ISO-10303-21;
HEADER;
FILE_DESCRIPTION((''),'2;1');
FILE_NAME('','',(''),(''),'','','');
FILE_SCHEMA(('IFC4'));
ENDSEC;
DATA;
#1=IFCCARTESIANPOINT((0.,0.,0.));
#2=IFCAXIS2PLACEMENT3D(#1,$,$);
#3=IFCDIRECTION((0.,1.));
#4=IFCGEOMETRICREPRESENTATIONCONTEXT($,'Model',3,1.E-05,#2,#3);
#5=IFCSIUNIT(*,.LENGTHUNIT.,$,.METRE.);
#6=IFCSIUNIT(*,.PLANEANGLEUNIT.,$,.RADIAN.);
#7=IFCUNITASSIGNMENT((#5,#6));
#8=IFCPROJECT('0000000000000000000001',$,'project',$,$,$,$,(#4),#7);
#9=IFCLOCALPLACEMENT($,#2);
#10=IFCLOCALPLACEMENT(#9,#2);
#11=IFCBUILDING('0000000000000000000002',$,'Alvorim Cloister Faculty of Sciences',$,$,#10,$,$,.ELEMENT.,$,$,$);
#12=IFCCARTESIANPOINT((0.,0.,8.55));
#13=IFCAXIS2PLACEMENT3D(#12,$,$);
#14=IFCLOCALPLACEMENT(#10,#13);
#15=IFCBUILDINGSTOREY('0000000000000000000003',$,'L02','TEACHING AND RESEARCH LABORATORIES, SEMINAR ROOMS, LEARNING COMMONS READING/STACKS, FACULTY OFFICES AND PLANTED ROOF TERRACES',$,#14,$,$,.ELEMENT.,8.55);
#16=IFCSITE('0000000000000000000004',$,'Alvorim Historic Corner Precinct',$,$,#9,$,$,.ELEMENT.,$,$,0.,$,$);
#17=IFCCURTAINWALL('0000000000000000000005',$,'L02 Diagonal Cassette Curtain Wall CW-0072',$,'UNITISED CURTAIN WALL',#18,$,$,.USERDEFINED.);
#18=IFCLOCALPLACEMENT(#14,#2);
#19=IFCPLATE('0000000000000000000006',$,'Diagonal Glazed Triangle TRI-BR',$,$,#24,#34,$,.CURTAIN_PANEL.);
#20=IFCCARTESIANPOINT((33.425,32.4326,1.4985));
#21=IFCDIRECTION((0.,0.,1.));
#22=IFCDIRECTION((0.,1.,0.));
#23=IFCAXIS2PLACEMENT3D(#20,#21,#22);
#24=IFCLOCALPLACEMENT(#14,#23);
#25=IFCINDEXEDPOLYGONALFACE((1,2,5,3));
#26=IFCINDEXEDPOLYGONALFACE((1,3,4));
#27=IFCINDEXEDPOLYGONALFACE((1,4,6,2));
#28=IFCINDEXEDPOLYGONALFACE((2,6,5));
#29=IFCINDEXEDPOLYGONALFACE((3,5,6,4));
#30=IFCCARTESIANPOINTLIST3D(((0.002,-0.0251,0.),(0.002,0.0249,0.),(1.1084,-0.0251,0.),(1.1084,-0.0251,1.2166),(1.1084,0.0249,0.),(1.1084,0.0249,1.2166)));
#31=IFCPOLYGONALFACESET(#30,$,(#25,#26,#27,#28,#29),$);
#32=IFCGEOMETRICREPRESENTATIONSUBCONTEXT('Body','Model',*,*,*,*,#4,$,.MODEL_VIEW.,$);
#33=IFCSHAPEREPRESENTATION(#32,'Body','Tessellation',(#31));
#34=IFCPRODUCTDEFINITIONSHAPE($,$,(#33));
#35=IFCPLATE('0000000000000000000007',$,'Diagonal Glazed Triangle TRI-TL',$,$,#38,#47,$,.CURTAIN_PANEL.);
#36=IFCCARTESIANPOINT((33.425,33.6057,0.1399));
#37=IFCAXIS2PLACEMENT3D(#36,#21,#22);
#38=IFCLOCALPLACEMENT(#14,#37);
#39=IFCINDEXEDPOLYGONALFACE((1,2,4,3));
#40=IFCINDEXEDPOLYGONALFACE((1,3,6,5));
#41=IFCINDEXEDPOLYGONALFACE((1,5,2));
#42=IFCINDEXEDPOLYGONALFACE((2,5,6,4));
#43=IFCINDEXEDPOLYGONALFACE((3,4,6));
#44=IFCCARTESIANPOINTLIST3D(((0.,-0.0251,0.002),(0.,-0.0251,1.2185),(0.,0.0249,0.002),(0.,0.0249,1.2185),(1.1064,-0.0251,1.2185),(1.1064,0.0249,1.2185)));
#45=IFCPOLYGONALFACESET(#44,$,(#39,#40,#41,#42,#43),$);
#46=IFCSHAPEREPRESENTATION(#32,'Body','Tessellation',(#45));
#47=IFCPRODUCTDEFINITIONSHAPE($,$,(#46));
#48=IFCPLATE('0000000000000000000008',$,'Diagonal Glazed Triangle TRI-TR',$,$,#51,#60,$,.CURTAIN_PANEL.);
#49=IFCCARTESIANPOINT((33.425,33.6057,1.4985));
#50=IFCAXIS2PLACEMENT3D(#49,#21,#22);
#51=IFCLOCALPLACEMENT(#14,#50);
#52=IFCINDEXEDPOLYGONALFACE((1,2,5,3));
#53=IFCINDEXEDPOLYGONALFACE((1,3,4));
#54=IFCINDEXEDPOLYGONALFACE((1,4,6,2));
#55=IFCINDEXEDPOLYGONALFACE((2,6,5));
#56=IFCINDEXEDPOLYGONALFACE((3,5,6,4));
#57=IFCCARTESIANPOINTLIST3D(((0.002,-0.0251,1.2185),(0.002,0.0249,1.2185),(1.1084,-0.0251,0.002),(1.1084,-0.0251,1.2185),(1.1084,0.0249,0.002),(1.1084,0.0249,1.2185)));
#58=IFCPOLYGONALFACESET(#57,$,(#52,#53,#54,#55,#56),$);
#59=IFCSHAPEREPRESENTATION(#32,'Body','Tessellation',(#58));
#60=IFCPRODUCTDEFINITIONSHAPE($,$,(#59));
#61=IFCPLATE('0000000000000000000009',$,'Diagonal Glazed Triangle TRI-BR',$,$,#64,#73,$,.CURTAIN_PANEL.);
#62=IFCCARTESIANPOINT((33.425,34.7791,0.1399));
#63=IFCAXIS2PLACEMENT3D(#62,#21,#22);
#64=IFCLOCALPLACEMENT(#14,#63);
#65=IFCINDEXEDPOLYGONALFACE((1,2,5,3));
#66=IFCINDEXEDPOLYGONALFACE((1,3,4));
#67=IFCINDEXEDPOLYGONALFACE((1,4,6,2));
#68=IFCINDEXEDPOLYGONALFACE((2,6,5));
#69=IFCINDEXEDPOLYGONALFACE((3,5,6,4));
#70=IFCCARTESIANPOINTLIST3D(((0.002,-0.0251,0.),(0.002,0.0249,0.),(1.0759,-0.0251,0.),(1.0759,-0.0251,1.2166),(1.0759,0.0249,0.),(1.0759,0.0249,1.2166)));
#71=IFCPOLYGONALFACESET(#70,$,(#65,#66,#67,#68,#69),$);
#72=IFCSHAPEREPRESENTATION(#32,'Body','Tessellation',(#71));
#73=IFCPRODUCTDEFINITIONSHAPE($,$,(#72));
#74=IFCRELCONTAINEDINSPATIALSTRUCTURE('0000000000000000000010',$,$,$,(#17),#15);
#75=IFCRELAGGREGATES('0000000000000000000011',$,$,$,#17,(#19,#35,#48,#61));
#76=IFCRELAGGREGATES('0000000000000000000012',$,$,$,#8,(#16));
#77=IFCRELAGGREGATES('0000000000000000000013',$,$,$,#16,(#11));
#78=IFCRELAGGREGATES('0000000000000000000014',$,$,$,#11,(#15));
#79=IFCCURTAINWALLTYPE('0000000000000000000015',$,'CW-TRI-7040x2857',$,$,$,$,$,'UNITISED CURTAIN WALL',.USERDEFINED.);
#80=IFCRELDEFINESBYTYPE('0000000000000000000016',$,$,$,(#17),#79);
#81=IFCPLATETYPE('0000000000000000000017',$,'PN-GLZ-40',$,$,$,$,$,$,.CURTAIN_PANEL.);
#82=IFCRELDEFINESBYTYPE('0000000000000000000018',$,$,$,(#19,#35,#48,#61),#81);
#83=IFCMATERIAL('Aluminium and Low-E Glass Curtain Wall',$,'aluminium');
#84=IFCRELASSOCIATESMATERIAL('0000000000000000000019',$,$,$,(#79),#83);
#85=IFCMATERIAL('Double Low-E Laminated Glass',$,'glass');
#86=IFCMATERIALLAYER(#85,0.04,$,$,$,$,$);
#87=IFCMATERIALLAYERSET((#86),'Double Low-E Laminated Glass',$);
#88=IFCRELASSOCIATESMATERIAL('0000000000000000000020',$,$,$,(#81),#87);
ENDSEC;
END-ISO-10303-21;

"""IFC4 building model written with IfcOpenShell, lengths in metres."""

from ifc_helpers import new_model, si_unit, direction, frame, origin, place, context, subcontext, project, spatial, polyline, outline, extrude, material, layer, layer_set, type_object, element, aggregate, save


model = new_model("IFC4")

# Units and contexts
model_context = context("Model", 3, precision=1e-05, world=origin(), true_north=direction((0.0, 1.0)))
body_context = subcontext(model_context, "Body", "Model", "MODEL_VIEW")
ifc_project = project(units=[si_unit("LENGTHUNIT", "METRE"), si_unit("PLANEANGLEUNIT", "RADIAN")], contexts=[model_context])

# Site, building, storey
site_placement = place(None, origin())
site = spatial("IfcSite", under=ifc_project, at=site_placement, Name="Alvorim Historic Corner Precinct", CompositionType="ELEMENT", RefElevation=0.0)
building_placement = place(site_placement, origin())
building = spatial("IfcBuilding", under=site, at=building_placement, Name="Alvorim Cloister Faculty of Sciences", CompositionType="ELEMENT")
storey_placement = place(building_placement, frame((0.0, 0.0, 8.55)))
storey = spatial("IfcBuildingStorey", under=building, at=storey_placement, Name="L02", Description="TEACHING AND RESEARCH LABORATORIES, SEMINAR ROOMS, LEARNING COMMONS READING/STACKS, FACULTY OFFICES AND PLANTED ROOF TERRACES", CompositionType="ELEMENT", Elevation=8.55)

# Curtain wall
ifc_material_1 = material(Name="Aluminium and Low-E Glass Curtain Wall", Category="aluminium")
curtain_wall_type_1 = type_object("IfcCurtainWallType", Name="CW-TRI-7040x2857", ElementType="UNITISED CURTAIN WALL", PredefinedType="USERDEFINED", material=ifc_material_1)
curtain_wall_1_placement = place(storey_placement, origin())
curtain_wall_1 = element("IfcCurtainWall", 1, at=curtain_wall_1_placement, inside=storey, type_object=curtain_wall_type_1, Name="L02 Diagonal Cassette Curtain Wall CW-0072", ObjectType="UNITISED CURTAIN WALL", PredefinedType="USERDEFINED")

# Plates
ifc_material_2 = material(Name="Double Low-E Laminated Glass", Category="glass")
ifc_layer = layer(ifc_material_2, 0.04)
ifc_layer_set = layer_set([ifc_layer], Name="Double Low-E Laminated Glass")
plate_type = type_object("IfcPlateType", Name="PN-GLZ-40", PredefinedType="CURTAIN_PANEL", material=ifc_layer_set)
plate_1_placement = place(storey_placement, frame((33.425, 32.4326, 1.4985), z_axis=(0.0, 0.0, 1.0), x_axis=(0.0, 1.0, 0.0)))
plate_1 = element("IfcPlate", 2, at=plate_1_placement, type_object=plate_type, Name="Diagonal Glazed Triangle TRI-BR", PredefinedType="CURTAIN_PANEL", context=body_context, shape_type="SweptSolid", body=[
    extrude(outline(polyline([(0.002, 0.0), (1.1084, 0.0), (1.1084, 1.2166), (0.002, 0.0)])), frame((0.0, 0.0249, 0.0), z_axis=(0.0, -1.0, 0.0), x_axis=(1.0, 0.0, 0.0)), (0.0, 0.0, 1.0), 0.05),
])
plate_2_placement = place(storey_placement, frame((33.425, 33.6057, 0.1399), z_axis=(0.0, 0.0, 1.0), x_axis=(0.0, 1.0, 0.0)))
plate_2 = element("IfcPlate", 3, at=plate_2_placement, type_object=plate_type, Name="Diagonal Glazed Triangle TRI-TL", PredefinedType="CURTAIN_PANEL", context=body_context, shape_type="SweptSolid", body=[
    extrude(outline(polyline([(1.1064, 1.2185), (0.0, 1.2185), (0.0, 0.002), (1.1064, 1.2185)])), frame((0.0, 0.0249, 0.0), z_axis=(0.0, -1.0, 0.0), x_axis=(1.0, 0.0, 0.0)), (0.0, 0.0, 1.0), 0.05),
])
plate_3_placement = place(storey_placement, frame((33.425, 33.6057, 1.4985), z_axis=(0.0, 0.0, 1.0), x_axis=(0.0, 1.0, 0.0)))
plate_3 = element("IfcPlate", 4, at=plate_3_placement, type_object=plate_type, Name="Diagonal Glazed Triangle TRI-TR", PredefinedType="CURTAIN_PANEL", context=body_context, shape_type="SweptSolid", body=[
    extrude(outline(polyline([(1.1084, 0.002), (1.1084, 1.2185), (0.002, 1.2185), (1.1084, 0.002)])), frame((0.0, 0.0249, 0.0), z_axis=(0.0, -1.0, 0.0), x_axis=(1.0, 0.0, 0.0)), (0.0, 0.0, 1.0), 0.05),
])
plate_4_placement = place(storey_placement, frame((33.425, 34.7791, 0.1399), z_axis=(0.0, 0.0, 1.0), x_axis=(0.0, 1.0, 0.0)))
plate_4 = element("IfcPlate", 5, at=plate_4_placement, type_object=plate_type, Name="Diagonal Glazed Triangle TRI-BR", PredefinedType="CURTAIN_PANEL", context=body_context, shape_type="SweptSolid", body=[
    extrude(outline(polyline([(0.002, 0.0), (1.0759, 0.0), (1.0759, 1.2166), (0.002, 0.0)])), frame((0.0, 0.0249, 0.0), z_axis=(0.0, -1.0, 0.0), x_axis=(1.0, 0.0, 0.0)), (0.0, 0.0, 1.0), 0.05),
])
aggregate(curtain_wall_1, [plate_1, plate_2, plate_3, plate_4])

save(model, "model.ifc")
